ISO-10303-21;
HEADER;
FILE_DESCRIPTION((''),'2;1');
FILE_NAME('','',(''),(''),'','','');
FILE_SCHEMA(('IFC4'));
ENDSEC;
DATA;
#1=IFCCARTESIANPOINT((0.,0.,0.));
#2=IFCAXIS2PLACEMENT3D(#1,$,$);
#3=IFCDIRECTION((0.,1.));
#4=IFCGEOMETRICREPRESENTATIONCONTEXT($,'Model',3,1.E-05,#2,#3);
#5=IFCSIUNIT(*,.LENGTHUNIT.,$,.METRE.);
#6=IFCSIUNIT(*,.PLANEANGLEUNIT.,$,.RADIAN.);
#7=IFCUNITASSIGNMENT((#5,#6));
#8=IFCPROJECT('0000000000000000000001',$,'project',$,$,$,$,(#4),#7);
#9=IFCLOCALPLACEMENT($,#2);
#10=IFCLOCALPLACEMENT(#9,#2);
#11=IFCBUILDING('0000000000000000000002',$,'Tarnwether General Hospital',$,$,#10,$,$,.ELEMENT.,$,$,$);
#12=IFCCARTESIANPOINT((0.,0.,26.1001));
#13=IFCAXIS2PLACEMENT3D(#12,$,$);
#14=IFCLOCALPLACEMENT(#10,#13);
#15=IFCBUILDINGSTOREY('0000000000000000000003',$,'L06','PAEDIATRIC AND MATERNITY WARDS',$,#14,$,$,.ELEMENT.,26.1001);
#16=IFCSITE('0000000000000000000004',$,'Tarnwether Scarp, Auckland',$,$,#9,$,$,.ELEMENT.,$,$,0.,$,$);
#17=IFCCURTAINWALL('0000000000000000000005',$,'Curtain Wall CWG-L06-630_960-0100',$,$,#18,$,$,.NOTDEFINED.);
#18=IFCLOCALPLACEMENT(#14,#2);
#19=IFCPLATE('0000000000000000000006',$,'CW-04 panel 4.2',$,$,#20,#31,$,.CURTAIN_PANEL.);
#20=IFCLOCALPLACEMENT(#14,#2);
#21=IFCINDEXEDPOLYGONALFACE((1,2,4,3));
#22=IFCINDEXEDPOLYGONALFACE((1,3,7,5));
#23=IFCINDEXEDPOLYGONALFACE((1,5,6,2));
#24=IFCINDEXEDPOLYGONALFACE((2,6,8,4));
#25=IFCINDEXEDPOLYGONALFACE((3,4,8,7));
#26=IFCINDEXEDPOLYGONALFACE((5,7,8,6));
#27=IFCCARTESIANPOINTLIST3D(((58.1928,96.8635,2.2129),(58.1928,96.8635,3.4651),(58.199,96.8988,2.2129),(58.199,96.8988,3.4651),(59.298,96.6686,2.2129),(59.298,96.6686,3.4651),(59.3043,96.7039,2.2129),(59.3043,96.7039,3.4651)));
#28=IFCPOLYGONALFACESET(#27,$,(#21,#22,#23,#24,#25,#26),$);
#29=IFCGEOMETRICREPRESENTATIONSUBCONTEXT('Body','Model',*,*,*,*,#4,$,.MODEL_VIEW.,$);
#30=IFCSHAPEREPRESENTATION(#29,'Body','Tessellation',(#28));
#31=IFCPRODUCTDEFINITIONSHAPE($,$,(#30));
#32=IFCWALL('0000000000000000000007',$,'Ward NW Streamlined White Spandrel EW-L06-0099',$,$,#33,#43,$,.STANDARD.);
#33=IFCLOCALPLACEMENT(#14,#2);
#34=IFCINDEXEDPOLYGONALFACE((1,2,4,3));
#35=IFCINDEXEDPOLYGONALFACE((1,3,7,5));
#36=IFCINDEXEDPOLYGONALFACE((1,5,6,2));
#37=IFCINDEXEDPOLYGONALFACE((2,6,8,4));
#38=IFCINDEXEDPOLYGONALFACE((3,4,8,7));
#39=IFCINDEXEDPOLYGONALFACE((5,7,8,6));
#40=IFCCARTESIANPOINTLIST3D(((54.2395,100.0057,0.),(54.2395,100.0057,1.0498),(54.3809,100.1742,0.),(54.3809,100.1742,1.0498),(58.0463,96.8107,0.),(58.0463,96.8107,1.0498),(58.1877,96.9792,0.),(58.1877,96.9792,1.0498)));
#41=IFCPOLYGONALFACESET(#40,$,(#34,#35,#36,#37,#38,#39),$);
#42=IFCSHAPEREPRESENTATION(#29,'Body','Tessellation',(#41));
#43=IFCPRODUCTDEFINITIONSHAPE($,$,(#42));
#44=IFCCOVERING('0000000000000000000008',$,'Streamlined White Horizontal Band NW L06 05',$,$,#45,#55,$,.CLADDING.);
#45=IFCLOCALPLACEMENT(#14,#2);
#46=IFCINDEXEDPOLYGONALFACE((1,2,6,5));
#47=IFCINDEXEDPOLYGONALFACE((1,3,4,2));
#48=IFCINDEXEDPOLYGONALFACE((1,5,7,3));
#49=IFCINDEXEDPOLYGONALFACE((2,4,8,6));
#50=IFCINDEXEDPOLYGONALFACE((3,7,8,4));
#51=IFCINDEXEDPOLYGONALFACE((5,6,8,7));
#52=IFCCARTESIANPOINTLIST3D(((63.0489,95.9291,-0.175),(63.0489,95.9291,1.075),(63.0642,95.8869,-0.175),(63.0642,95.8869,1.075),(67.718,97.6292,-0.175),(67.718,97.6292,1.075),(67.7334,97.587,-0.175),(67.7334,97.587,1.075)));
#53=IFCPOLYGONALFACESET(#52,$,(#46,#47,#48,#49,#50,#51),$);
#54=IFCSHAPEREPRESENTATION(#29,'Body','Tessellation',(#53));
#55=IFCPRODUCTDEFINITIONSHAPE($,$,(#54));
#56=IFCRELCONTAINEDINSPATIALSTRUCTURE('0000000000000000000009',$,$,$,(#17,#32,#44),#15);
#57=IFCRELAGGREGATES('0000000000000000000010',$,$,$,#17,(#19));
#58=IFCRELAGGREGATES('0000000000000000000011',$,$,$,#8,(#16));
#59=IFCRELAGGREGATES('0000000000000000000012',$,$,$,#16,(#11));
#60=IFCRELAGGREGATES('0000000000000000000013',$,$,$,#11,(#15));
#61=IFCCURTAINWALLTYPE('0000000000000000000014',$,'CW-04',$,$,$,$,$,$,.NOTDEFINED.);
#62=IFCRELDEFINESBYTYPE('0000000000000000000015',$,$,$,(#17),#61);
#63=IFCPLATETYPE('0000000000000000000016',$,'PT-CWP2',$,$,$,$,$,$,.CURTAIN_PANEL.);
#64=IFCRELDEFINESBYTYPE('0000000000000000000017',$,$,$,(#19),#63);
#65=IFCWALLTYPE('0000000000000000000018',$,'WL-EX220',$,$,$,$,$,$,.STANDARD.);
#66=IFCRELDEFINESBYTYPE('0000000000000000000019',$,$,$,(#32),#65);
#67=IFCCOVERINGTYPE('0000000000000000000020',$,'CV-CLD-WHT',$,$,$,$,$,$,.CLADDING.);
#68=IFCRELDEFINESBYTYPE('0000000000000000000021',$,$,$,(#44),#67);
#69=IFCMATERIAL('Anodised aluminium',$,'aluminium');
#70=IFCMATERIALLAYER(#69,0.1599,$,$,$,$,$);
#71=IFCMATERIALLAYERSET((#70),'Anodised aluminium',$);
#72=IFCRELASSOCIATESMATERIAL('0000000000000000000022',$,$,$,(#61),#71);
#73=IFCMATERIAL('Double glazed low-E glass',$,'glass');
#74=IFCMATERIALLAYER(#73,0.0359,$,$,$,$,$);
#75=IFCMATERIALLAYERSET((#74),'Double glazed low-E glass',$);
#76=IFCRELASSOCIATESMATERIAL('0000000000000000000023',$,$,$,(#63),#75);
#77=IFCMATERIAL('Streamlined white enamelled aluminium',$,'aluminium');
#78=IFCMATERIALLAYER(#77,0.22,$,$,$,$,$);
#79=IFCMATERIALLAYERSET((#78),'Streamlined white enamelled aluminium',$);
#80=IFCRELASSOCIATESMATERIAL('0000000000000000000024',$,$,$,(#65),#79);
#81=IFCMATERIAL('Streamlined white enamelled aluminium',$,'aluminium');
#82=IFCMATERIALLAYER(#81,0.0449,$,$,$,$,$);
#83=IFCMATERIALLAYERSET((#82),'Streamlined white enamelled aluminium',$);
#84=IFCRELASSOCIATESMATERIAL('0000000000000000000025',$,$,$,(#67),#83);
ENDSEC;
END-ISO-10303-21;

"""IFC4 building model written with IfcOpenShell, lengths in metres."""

from ifc_helpers import new_model, si_unit, direction, frame, frame_2d, origin, origin_2d, place, context, subcontext, project, spatial, rectangle, extrude, material, layer, layer_set, type_object, element, aggregate, save


model = new_model("IFC4")

# Units and contexts
model_context = context("Model", 3, precision=1e-05, world=origin(), true_north=direction((0.0, 1.0)))
body_context = subcontext(model_context, "Body", "Model", "MODEL_VIEW")
ifc_project = project(units=[si_unit("LENGTHUNIT", "METRE"), si_unit("PLANEANGLEUNIT", "RADIAN")], contexts=[model_context])

# Site, building, storey
site_placement = place(None, origin())
site = spatial("IfcSite", under=ifc_project, at=site_placement, Name="Tarnwether Scarp, Auckland", CompositionType="ELEMENT", RefElevation=0.0)
building_placement = place(site_placement, origin())
building = spatial("IfcBuilding", under=site, at=building_placement, Name="Tarnwether General Hospital", CompositionType="ELEMENT")
storey_placement = place(building_placement, frame((0.0, 0.0, 26.1001)))
storey = spatial("IfcBuildingStorey", under=building, at=storey_placement, Name="L06", Description="PAEDIATRIC AND MATERNITY WARDS", CompositionType="ELEMENT", Elevation=26.1001)

# Curtain wall
ifc_material_1 = material(Name="Anodised aluminium", Category="aluminium")
ifc_layer_1 = layer(ifc_material_1, 0.1599)
ifc_layer_set_1 = layer_set([ifc_layer_1], Name="Anodised aluminium")
curtain_wall_type = type_object("IfcCurtainWallType", Name="CW-04", PredefinedType="NOTDEFINED", material=ifc_layer_set_1)
curtain_wall_1_placement = place(storey_placement, origin())
curtain_wall_1 = element("IfcCurtainWall", 1, at=curtain_wall_1_placement, inside=storey, type_object=curtain_wall_type, Name="Curtain Wall CWG-L06-630_960-0100", PredefinedType="NOTDEFINED")

# Plate
ifc_material_2 = material(Name="Double glazed low-E glass", Category="glass")
ifc_layer_2 = layer(ifc_material_2, 0.0359)
ifc_layer_set_2 = layer_set([ifc_layer_2], Name="Double glazed low-E glass")
plate_type_1 = type_object("IfcPlateType", Name="PT-CWP2", PredefinedType="CURTAIN_PANEL", material=ifc_layer_set_2)
plate_1_placement = place(storey_placement, frame((58.7485, 96.7837, 2.2129), z_axis=(0.0, 0.0, 1.0), x_axis=(-0.984806, 0.173659, 0.0)))
plate_1 = element("IfcPlate", 2, at=plate_1_placement, type_object=plate_type_1, Name="CW-04 panel 4.2", PredefinedType="CURTAIN_PANEL", context=body_context, shape_type="SweptSolid", body=[
    extrude(rectangle(XDim=1.1223, YDim=0.0359, at=origin_2d()), origin(), (0.0, 0.0, 1.0), 1.2522),
])
aggregate(curtain_wall_1, [plate_1])

# Wall
ifc_material_3 = material(Name="Streamlined white enamelled aluminium", Category="aluminium")
ifc_layer_3 = layer(ifc_material_3, 0.22)
ifc_layer_set_3 = layer_set([ifc_layer_3], Name="Streamlined white enamelled aluminium")
wall_type = type_object("IfcWallType", Name="WL-EX220", PredefinedType="STANDARD", material=ifc_layer_set_3)
wall_placement = place(storey_placement, frame((58.1169, 96.895, 0.0), z_axis=(0.0, 0.0, 1.0), x_axis=(-0.765974, 0.642872, 0.0)))
element("IfcWall", 3, at=wall_placement, inside=storey, type_object=wall_type, Name="Ward NW Streamlined White Spandrel EW-L06-0099", PredefinedType="STANDARD", context=body_context, shape_type="SweptSolid", body=[
    extrude(rectangle(XDim=4.97, YDim=0.22, at=frame_2d((2.4849, 0.0))), origin(), (0.0, 0.0, 1.0), 1.0498),
])

# Covering
ifc_material_4 = material(Name="Streamlined white enamelled aluminium", Category="aluminium")
ifc_layer_4 = layer(ifc_material_4, 0.0449)
ifc_layer_set_4 = layer_set([ifc_layer_4], Name="Streamlined white enamelled aluminium")
covering_type = type_object("IfcCoveringType", Name="CV-CLD-WHT", PredefinedType="CLADDING", material=ifc_layer_set_4)
covering_placement = place(storey_placement, frame((65.3911, 96.7581, -0.175), z_axis=(0.0, 0.0, 1.0), x_axis=(-0.939651, -0.342135, 0.0)))
element("IfcCovering", 4, at=covering_placement, inside=storey, type_object=covering_type, Name="Streamlined White Horizontal Band NW L06 05", PredefinedType="CLADDING", context=body_context, shape_type="SweptSolid", body=[
    extrude(rectangle(XDim=4.969, YDim=0.0449, at=origin_2d()), origin(), (0.0, 0.0, 1.0), 1.25),
])

save(model, "model.ifc")
